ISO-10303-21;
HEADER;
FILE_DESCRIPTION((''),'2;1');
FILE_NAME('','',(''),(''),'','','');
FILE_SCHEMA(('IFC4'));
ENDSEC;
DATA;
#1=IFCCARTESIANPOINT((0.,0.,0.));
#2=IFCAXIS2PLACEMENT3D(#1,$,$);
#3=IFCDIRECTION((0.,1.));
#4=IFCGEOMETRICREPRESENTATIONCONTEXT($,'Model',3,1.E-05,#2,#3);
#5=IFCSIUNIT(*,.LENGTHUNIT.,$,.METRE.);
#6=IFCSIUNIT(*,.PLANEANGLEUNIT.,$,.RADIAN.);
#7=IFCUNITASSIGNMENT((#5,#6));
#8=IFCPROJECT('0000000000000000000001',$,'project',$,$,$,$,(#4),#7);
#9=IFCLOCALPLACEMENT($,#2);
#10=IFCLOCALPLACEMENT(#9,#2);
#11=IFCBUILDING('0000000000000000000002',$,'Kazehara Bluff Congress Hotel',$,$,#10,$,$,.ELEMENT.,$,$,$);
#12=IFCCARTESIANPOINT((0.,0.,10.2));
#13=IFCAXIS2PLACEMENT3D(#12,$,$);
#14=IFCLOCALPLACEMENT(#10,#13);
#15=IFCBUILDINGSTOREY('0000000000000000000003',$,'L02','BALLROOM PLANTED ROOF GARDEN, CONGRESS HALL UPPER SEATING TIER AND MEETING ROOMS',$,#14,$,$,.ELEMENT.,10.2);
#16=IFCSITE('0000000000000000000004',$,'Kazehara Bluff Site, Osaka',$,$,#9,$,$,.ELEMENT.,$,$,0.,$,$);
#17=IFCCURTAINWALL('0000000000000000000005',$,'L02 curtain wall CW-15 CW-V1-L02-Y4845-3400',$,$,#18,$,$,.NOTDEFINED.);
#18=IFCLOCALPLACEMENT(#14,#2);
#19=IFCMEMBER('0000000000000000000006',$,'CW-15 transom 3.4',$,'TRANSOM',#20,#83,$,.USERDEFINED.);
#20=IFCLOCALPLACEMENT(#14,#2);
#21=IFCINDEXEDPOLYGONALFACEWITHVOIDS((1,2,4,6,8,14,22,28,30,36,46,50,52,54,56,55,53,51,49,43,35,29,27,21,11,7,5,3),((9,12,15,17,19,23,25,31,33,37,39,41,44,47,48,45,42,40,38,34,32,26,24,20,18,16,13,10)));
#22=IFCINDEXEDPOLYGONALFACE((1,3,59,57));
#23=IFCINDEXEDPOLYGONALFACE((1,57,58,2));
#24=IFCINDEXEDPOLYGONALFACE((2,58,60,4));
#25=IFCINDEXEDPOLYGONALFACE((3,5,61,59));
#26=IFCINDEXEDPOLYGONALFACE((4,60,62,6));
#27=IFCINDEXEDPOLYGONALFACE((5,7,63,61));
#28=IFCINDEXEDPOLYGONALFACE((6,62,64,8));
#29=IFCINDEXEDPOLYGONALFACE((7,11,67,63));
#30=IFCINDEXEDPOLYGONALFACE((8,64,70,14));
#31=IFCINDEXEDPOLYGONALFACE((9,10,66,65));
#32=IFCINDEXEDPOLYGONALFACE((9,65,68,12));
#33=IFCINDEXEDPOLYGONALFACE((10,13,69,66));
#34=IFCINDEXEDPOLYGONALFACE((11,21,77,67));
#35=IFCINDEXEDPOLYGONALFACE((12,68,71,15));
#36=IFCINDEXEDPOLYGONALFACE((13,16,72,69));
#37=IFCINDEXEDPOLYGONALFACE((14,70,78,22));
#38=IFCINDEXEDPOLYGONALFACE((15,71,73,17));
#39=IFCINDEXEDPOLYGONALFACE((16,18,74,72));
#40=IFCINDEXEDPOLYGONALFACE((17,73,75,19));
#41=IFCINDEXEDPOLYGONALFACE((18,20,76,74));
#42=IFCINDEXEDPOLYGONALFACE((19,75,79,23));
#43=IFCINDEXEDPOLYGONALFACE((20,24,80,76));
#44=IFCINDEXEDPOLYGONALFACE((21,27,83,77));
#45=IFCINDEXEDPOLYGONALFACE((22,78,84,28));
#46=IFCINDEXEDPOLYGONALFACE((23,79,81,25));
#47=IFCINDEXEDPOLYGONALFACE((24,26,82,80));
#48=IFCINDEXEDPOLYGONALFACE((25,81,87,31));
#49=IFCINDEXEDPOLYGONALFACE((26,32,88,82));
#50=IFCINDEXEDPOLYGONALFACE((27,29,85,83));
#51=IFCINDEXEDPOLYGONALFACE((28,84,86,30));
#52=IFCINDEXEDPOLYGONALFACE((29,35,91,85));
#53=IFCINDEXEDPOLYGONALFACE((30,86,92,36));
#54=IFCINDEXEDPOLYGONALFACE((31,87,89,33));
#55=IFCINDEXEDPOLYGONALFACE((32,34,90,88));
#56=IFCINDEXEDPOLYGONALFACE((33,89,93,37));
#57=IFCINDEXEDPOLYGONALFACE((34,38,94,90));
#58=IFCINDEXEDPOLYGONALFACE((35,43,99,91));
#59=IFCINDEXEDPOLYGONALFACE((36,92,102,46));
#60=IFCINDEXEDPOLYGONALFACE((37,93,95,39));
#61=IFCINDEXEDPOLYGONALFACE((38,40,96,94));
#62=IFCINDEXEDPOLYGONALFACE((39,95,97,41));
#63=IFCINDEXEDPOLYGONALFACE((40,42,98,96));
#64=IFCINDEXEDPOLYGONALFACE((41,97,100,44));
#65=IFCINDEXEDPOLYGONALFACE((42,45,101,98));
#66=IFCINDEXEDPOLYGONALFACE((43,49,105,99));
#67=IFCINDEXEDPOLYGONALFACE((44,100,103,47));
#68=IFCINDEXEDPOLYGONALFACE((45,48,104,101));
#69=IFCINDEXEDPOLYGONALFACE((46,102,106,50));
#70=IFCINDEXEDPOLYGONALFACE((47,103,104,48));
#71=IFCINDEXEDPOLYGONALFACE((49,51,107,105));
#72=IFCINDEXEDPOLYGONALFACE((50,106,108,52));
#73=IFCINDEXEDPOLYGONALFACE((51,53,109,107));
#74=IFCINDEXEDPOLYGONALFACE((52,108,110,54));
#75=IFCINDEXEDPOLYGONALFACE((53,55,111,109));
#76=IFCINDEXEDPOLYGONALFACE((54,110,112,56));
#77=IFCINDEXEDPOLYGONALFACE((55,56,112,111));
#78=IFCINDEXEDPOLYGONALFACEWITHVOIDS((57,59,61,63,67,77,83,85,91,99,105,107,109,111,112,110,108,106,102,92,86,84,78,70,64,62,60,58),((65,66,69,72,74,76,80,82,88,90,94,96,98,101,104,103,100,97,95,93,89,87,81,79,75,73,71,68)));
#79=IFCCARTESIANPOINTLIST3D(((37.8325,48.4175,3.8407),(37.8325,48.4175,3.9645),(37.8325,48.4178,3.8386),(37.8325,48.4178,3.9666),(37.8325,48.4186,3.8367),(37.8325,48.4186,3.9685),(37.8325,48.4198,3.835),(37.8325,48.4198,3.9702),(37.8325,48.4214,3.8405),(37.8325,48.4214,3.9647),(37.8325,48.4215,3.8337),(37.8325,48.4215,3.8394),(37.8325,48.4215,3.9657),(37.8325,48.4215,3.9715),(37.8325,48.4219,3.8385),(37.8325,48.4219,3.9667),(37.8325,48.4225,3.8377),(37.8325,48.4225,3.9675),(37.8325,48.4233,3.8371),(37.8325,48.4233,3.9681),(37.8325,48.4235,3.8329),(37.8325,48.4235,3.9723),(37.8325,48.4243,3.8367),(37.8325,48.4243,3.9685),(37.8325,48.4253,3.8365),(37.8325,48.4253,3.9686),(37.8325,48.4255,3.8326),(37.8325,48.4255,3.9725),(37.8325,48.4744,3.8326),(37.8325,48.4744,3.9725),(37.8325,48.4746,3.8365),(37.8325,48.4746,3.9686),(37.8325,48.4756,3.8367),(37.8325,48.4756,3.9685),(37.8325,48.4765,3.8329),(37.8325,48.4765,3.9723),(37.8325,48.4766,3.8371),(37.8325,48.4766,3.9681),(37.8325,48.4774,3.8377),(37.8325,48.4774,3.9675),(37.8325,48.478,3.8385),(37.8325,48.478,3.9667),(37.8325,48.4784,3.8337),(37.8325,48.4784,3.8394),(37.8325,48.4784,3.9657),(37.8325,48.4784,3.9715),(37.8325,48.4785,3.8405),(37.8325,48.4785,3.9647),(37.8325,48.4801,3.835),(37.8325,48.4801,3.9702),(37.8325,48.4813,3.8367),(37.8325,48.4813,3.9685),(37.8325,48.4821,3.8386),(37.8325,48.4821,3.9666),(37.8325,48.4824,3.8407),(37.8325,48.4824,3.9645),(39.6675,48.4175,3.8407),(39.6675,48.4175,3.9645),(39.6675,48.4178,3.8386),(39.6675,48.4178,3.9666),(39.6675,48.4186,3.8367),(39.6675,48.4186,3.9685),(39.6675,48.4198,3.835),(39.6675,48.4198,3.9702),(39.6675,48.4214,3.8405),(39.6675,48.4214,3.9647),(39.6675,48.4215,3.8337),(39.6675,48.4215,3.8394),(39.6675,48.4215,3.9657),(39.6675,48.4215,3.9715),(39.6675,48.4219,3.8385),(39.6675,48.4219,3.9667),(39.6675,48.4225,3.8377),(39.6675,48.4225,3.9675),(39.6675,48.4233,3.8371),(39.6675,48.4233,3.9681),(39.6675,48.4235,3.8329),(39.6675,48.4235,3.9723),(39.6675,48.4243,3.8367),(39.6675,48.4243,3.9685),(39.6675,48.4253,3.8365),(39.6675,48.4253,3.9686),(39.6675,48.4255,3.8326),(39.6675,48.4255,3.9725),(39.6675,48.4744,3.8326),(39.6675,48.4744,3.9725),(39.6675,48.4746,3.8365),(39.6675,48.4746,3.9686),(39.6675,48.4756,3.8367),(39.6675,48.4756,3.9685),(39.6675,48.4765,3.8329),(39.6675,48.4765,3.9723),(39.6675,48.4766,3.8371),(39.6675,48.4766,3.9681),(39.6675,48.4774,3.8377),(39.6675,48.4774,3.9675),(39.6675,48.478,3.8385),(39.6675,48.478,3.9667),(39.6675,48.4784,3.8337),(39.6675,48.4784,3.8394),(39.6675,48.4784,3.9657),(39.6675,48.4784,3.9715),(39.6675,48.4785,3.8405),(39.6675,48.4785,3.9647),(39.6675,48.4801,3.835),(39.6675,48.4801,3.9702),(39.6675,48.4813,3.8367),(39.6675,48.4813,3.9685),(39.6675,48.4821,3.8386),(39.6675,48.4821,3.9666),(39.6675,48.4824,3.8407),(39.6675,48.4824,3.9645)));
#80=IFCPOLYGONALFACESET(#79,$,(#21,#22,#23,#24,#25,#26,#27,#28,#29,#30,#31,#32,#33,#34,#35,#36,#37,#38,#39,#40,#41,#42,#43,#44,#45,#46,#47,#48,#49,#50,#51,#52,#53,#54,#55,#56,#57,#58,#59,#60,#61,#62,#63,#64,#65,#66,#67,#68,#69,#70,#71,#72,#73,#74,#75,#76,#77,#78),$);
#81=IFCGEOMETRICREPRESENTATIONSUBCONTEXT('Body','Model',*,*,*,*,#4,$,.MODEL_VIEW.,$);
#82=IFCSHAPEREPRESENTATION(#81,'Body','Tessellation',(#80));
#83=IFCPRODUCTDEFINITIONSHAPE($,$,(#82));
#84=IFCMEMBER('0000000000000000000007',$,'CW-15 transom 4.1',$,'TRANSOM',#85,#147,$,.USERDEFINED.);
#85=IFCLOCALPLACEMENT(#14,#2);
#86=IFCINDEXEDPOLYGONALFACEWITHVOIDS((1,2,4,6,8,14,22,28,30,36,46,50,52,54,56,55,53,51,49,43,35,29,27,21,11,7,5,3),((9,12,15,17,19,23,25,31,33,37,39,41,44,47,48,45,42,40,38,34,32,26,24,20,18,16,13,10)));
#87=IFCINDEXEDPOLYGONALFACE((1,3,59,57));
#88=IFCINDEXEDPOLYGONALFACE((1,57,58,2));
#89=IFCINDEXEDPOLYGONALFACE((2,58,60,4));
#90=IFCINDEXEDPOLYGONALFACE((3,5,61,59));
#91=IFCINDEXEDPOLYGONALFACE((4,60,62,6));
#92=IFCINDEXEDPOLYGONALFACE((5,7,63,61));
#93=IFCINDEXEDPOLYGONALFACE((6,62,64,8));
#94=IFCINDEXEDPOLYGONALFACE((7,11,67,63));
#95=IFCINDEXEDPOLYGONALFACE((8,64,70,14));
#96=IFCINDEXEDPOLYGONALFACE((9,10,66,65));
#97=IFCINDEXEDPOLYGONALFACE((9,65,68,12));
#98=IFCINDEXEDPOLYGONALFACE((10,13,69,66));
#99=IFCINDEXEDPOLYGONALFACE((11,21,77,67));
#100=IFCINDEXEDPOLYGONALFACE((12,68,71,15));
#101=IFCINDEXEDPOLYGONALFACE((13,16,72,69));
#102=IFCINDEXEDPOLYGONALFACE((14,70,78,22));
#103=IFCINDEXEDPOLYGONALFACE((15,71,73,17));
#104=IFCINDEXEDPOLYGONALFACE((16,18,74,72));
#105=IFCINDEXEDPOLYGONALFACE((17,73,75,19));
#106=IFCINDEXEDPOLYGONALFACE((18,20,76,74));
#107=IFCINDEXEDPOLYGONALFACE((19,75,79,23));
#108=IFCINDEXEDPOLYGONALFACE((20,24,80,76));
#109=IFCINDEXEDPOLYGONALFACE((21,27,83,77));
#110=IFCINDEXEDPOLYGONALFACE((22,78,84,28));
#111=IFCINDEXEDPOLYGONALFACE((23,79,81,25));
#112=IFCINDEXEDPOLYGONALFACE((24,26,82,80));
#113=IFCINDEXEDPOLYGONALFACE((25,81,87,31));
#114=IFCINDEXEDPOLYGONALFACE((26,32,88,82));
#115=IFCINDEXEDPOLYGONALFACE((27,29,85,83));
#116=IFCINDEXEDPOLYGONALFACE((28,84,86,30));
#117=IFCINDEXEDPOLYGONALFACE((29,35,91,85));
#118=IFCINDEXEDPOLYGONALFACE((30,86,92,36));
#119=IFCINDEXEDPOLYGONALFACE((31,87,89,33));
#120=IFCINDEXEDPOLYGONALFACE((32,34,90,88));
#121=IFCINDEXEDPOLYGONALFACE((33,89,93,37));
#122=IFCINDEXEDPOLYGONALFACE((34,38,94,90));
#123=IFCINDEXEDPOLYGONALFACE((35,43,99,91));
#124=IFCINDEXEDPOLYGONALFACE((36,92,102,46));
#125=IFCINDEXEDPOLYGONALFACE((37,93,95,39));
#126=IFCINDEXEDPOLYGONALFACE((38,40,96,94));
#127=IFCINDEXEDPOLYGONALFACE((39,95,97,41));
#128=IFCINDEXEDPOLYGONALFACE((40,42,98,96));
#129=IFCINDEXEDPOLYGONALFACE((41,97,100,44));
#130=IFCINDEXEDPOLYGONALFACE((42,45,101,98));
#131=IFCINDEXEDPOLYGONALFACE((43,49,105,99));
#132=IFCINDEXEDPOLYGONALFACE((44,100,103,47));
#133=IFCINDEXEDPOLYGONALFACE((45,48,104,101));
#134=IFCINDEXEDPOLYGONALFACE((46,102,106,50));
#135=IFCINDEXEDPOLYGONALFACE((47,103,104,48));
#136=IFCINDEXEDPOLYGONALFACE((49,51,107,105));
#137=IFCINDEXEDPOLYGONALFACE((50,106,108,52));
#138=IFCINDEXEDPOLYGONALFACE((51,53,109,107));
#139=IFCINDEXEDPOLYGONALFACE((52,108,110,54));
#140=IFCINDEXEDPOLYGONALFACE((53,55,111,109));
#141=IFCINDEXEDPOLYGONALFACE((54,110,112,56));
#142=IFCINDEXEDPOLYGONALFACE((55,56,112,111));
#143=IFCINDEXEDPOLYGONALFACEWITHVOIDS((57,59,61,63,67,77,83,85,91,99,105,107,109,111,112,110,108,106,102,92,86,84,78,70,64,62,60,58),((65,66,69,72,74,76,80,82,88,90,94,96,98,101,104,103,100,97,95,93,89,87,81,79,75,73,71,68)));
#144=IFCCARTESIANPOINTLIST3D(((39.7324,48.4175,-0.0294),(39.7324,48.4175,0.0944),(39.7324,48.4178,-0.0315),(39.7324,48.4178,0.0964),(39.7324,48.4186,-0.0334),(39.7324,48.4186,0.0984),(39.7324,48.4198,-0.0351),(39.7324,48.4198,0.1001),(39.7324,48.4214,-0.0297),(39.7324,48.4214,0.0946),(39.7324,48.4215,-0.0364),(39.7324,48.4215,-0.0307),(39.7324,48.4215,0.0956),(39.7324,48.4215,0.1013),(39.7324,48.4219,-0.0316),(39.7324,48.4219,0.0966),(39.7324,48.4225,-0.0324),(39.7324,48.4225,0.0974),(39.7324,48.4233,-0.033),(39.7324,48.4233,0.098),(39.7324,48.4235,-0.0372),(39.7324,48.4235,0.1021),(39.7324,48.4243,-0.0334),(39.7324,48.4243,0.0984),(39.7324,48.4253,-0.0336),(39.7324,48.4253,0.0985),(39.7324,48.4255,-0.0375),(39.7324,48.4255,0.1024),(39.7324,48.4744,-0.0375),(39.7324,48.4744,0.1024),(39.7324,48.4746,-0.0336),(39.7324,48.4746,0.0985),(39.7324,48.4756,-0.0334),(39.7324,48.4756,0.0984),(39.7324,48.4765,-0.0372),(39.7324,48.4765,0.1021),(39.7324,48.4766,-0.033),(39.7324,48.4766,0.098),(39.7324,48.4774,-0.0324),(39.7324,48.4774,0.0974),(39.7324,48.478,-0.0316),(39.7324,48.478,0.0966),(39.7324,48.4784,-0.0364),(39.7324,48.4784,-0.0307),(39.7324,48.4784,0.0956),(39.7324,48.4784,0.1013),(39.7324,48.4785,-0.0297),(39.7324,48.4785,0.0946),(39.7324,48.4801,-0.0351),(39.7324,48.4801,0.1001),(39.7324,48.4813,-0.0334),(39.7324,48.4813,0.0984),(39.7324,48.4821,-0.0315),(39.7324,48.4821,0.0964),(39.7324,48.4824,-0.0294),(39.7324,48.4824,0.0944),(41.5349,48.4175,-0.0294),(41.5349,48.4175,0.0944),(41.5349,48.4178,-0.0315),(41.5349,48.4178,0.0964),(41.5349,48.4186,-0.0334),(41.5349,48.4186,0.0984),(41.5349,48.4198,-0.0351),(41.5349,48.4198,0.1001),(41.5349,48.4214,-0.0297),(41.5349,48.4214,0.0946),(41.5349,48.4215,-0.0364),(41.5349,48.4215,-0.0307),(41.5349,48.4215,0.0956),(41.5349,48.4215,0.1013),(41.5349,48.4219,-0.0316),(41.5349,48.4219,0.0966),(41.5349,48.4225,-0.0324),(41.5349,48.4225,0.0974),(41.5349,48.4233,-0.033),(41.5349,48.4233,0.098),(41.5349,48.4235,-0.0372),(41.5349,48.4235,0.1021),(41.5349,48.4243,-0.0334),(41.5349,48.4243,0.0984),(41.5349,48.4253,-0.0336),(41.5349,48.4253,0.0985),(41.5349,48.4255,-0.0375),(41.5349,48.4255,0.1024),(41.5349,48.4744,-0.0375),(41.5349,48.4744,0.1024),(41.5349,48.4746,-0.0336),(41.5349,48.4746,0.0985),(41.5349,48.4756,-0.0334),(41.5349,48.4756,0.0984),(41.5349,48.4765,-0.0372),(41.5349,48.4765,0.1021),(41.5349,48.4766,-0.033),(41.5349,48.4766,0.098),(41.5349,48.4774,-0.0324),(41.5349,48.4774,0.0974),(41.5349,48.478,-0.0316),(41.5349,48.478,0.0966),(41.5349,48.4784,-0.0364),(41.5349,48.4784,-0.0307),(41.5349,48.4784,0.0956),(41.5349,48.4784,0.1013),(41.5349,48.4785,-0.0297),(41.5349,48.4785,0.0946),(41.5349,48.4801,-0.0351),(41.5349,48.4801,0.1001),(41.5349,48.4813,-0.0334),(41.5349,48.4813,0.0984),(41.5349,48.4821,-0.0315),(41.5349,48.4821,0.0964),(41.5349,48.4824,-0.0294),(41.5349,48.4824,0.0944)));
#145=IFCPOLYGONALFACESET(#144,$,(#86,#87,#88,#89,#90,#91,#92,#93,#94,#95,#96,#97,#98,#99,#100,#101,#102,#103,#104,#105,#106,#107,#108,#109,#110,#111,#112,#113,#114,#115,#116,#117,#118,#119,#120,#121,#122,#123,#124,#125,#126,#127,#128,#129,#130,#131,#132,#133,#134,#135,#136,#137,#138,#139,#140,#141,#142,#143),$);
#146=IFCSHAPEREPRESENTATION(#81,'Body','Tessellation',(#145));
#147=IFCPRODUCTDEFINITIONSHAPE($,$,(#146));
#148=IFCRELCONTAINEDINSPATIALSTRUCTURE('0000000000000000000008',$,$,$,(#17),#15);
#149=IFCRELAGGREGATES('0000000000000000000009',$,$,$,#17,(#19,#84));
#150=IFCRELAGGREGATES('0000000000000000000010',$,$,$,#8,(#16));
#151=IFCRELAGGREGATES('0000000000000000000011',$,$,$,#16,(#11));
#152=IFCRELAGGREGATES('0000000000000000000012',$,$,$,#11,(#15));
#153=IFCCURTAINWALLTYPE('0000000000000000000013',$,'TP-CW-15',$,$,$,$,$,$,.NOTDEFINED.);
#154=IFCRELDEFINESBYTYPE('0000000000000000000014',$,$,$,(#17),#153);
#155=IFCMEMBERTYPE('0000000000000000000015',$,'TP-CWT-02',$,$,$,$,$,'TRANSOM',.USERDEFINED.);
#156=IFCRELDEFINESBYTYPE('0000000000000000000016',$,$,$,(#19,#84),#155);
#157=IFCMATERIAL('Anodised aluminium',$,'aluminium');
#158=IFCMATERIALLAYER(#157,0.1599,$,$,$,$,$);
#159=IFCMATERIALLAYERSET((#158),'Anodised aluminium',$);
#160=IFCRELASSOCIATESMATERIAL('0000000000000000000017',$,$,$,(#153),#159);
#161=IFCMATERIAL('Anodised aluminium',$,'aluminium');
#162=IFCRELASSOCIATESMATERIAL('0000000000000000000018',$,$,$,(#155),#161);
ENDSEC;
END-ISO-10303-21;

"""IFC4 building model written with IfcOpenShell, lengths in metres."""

from ifc_helpers import new_model, si_unit, direction, frame, origin, origin_2d, place, context, subcontext, project, spatial, hollow_rectangle, extrude, material, layer, layer_set, material_profile, profile_set, type_object, element, aggregate, save


model = new_model("IFC4")

# Units and contexts
model_context = context("Model", 3, precision=1e-05, world=origin(), true_north=direction((0.0, 1.0)))
body_context = subcontext(model_context, "Body", "Model", "MODEL_VIEW")
ifc_project = project(units=[si_unit("LENGTHUNIT", "METRE"), si_unit("PLANEANGLEUNIT", "RADIAN")], contexts=[model_context])

# Site, building, storey
site_placement = place(None, origin())
site = spatial("IfcSite", under=ifc_project, at=site_placement, Name="Kazehara Bluff Site, Osaka", CompositionType="ELEMENT", RefElevation=0.0)
building_placement = place(site_placement, origin())
building = spatial("IfcBuilding", under=site, at=building_placement, Name="Kazehara Bluff Congress Hotel", CompositionType="ELEMENT")
storey_placement = place(building_placement, frame((0.0, 0.0, 10.2)))
storey = spatial("IfcBuildingStorey", under=building, at=storey_placement, Name="L02", Description="BALLROOM PLANTED ROOF GARDEN, CONGRESS HALL UPPER SEATING TIER AND MEETING ROOMS", CompositionType="ELEMENT", Elevation=10.2)

# Curtain wall, members
ifc_material_1 = material(Name="Anodised aluminium", Category="aluminium")
ifc_layer_1 = layer(ifc_material_1, 0.1599)
ifc_layer_set_1 = layer_set([ifc_layer_1], Name="Anodised aluminium")
curtain_wall_type = type_object("IfcCurtainWallType", Name="TP-CW-15", PredefinedType="NOTDEFINED", material=ifc_layer_set_1)
curtain_wall_placement = place(storey_placement, origin())
curtain_wall = element("IfcCurtainWall", 1, at=curtain_wall_placement, inside=storey, type_object=curtain_wall_type, Name="L02 curtain wall CW-15 CW-V1-L02-Y4845-3400", PredefinedType="NOTDEFINED")
ifc_material_2 = material(Name="Anodised aluminium", Category="aluminium")
ifc_material_profile_1 = material_profile(ifc_material_2, hollow_rectangle(XDim=0.0649, YDim=0.1399, WallThickness=0.0039, InnerFilletRadius=0.0039, OuterFilletRadius=0.0081, at=origin_2d()))
ifc_profile_set_1 = profile_set([ifc_material_profile_1], Name="Anodised aluminium")
member_type_1 = type_object("IfcMemberType", Name="TP-CWT-02", ElementType="TRANSOM", PredefinedType="USERDEFINED", material=ifc_profile_set_1)
member_1_placement = place(storey_placement, frame((37.8325, 48.45, 3.9026), z_axis=(1.0, 0.0, 0.0), x_axis=(0.0, 1.0, 0.0)))
member_1 = element("IfcMember", 2, at=member_1_placement, type_object=member_type_1, Name="CW-15 transom 3.4", ObjectType="TRANSOM", PredefinedType="USERDEFINED", context=body_context, shape_type="SweptSolid", body=[
    extrude(hollow_rectangle(XDim=0.0649, YDim=0.1399, WallThickness=0.0039, InnerFilletRadius=0.0039, OuterFilletRadius=0.0081, at=origin_2d()), origin(), (0.0, 0.0, 1.0), 1.835),
])
member_2_placement = place(storey_placement, frame((39.7324, 48.45, 0.0325), z_axis=(1.0, 0.0, 0.0), x_axis=(0.0, 1.0, 0.0)))
member_2 = element("IfcMember", 3, at=member_2_placement, type_object=member_type_1, Name="CW-15 transom 4.1", ObjectType="TRANSOM", PredefinedType="USERDEFINED", context=body_context, shape_type="SweptSolid", body=[
    extrude(hollow_rectangle(XDim=0.0649, YDim=0.1399, WallThickness=0.0039, InnerFilletRadius=0.0039, OuterFilletRadius=0.0081, at=origin_2d()), origin(), (0.0, 0.0, 1.0), 1.8025),
])

aggregate(curtain_wall, [member_1, member_2])

save(model, "model.ifc")
